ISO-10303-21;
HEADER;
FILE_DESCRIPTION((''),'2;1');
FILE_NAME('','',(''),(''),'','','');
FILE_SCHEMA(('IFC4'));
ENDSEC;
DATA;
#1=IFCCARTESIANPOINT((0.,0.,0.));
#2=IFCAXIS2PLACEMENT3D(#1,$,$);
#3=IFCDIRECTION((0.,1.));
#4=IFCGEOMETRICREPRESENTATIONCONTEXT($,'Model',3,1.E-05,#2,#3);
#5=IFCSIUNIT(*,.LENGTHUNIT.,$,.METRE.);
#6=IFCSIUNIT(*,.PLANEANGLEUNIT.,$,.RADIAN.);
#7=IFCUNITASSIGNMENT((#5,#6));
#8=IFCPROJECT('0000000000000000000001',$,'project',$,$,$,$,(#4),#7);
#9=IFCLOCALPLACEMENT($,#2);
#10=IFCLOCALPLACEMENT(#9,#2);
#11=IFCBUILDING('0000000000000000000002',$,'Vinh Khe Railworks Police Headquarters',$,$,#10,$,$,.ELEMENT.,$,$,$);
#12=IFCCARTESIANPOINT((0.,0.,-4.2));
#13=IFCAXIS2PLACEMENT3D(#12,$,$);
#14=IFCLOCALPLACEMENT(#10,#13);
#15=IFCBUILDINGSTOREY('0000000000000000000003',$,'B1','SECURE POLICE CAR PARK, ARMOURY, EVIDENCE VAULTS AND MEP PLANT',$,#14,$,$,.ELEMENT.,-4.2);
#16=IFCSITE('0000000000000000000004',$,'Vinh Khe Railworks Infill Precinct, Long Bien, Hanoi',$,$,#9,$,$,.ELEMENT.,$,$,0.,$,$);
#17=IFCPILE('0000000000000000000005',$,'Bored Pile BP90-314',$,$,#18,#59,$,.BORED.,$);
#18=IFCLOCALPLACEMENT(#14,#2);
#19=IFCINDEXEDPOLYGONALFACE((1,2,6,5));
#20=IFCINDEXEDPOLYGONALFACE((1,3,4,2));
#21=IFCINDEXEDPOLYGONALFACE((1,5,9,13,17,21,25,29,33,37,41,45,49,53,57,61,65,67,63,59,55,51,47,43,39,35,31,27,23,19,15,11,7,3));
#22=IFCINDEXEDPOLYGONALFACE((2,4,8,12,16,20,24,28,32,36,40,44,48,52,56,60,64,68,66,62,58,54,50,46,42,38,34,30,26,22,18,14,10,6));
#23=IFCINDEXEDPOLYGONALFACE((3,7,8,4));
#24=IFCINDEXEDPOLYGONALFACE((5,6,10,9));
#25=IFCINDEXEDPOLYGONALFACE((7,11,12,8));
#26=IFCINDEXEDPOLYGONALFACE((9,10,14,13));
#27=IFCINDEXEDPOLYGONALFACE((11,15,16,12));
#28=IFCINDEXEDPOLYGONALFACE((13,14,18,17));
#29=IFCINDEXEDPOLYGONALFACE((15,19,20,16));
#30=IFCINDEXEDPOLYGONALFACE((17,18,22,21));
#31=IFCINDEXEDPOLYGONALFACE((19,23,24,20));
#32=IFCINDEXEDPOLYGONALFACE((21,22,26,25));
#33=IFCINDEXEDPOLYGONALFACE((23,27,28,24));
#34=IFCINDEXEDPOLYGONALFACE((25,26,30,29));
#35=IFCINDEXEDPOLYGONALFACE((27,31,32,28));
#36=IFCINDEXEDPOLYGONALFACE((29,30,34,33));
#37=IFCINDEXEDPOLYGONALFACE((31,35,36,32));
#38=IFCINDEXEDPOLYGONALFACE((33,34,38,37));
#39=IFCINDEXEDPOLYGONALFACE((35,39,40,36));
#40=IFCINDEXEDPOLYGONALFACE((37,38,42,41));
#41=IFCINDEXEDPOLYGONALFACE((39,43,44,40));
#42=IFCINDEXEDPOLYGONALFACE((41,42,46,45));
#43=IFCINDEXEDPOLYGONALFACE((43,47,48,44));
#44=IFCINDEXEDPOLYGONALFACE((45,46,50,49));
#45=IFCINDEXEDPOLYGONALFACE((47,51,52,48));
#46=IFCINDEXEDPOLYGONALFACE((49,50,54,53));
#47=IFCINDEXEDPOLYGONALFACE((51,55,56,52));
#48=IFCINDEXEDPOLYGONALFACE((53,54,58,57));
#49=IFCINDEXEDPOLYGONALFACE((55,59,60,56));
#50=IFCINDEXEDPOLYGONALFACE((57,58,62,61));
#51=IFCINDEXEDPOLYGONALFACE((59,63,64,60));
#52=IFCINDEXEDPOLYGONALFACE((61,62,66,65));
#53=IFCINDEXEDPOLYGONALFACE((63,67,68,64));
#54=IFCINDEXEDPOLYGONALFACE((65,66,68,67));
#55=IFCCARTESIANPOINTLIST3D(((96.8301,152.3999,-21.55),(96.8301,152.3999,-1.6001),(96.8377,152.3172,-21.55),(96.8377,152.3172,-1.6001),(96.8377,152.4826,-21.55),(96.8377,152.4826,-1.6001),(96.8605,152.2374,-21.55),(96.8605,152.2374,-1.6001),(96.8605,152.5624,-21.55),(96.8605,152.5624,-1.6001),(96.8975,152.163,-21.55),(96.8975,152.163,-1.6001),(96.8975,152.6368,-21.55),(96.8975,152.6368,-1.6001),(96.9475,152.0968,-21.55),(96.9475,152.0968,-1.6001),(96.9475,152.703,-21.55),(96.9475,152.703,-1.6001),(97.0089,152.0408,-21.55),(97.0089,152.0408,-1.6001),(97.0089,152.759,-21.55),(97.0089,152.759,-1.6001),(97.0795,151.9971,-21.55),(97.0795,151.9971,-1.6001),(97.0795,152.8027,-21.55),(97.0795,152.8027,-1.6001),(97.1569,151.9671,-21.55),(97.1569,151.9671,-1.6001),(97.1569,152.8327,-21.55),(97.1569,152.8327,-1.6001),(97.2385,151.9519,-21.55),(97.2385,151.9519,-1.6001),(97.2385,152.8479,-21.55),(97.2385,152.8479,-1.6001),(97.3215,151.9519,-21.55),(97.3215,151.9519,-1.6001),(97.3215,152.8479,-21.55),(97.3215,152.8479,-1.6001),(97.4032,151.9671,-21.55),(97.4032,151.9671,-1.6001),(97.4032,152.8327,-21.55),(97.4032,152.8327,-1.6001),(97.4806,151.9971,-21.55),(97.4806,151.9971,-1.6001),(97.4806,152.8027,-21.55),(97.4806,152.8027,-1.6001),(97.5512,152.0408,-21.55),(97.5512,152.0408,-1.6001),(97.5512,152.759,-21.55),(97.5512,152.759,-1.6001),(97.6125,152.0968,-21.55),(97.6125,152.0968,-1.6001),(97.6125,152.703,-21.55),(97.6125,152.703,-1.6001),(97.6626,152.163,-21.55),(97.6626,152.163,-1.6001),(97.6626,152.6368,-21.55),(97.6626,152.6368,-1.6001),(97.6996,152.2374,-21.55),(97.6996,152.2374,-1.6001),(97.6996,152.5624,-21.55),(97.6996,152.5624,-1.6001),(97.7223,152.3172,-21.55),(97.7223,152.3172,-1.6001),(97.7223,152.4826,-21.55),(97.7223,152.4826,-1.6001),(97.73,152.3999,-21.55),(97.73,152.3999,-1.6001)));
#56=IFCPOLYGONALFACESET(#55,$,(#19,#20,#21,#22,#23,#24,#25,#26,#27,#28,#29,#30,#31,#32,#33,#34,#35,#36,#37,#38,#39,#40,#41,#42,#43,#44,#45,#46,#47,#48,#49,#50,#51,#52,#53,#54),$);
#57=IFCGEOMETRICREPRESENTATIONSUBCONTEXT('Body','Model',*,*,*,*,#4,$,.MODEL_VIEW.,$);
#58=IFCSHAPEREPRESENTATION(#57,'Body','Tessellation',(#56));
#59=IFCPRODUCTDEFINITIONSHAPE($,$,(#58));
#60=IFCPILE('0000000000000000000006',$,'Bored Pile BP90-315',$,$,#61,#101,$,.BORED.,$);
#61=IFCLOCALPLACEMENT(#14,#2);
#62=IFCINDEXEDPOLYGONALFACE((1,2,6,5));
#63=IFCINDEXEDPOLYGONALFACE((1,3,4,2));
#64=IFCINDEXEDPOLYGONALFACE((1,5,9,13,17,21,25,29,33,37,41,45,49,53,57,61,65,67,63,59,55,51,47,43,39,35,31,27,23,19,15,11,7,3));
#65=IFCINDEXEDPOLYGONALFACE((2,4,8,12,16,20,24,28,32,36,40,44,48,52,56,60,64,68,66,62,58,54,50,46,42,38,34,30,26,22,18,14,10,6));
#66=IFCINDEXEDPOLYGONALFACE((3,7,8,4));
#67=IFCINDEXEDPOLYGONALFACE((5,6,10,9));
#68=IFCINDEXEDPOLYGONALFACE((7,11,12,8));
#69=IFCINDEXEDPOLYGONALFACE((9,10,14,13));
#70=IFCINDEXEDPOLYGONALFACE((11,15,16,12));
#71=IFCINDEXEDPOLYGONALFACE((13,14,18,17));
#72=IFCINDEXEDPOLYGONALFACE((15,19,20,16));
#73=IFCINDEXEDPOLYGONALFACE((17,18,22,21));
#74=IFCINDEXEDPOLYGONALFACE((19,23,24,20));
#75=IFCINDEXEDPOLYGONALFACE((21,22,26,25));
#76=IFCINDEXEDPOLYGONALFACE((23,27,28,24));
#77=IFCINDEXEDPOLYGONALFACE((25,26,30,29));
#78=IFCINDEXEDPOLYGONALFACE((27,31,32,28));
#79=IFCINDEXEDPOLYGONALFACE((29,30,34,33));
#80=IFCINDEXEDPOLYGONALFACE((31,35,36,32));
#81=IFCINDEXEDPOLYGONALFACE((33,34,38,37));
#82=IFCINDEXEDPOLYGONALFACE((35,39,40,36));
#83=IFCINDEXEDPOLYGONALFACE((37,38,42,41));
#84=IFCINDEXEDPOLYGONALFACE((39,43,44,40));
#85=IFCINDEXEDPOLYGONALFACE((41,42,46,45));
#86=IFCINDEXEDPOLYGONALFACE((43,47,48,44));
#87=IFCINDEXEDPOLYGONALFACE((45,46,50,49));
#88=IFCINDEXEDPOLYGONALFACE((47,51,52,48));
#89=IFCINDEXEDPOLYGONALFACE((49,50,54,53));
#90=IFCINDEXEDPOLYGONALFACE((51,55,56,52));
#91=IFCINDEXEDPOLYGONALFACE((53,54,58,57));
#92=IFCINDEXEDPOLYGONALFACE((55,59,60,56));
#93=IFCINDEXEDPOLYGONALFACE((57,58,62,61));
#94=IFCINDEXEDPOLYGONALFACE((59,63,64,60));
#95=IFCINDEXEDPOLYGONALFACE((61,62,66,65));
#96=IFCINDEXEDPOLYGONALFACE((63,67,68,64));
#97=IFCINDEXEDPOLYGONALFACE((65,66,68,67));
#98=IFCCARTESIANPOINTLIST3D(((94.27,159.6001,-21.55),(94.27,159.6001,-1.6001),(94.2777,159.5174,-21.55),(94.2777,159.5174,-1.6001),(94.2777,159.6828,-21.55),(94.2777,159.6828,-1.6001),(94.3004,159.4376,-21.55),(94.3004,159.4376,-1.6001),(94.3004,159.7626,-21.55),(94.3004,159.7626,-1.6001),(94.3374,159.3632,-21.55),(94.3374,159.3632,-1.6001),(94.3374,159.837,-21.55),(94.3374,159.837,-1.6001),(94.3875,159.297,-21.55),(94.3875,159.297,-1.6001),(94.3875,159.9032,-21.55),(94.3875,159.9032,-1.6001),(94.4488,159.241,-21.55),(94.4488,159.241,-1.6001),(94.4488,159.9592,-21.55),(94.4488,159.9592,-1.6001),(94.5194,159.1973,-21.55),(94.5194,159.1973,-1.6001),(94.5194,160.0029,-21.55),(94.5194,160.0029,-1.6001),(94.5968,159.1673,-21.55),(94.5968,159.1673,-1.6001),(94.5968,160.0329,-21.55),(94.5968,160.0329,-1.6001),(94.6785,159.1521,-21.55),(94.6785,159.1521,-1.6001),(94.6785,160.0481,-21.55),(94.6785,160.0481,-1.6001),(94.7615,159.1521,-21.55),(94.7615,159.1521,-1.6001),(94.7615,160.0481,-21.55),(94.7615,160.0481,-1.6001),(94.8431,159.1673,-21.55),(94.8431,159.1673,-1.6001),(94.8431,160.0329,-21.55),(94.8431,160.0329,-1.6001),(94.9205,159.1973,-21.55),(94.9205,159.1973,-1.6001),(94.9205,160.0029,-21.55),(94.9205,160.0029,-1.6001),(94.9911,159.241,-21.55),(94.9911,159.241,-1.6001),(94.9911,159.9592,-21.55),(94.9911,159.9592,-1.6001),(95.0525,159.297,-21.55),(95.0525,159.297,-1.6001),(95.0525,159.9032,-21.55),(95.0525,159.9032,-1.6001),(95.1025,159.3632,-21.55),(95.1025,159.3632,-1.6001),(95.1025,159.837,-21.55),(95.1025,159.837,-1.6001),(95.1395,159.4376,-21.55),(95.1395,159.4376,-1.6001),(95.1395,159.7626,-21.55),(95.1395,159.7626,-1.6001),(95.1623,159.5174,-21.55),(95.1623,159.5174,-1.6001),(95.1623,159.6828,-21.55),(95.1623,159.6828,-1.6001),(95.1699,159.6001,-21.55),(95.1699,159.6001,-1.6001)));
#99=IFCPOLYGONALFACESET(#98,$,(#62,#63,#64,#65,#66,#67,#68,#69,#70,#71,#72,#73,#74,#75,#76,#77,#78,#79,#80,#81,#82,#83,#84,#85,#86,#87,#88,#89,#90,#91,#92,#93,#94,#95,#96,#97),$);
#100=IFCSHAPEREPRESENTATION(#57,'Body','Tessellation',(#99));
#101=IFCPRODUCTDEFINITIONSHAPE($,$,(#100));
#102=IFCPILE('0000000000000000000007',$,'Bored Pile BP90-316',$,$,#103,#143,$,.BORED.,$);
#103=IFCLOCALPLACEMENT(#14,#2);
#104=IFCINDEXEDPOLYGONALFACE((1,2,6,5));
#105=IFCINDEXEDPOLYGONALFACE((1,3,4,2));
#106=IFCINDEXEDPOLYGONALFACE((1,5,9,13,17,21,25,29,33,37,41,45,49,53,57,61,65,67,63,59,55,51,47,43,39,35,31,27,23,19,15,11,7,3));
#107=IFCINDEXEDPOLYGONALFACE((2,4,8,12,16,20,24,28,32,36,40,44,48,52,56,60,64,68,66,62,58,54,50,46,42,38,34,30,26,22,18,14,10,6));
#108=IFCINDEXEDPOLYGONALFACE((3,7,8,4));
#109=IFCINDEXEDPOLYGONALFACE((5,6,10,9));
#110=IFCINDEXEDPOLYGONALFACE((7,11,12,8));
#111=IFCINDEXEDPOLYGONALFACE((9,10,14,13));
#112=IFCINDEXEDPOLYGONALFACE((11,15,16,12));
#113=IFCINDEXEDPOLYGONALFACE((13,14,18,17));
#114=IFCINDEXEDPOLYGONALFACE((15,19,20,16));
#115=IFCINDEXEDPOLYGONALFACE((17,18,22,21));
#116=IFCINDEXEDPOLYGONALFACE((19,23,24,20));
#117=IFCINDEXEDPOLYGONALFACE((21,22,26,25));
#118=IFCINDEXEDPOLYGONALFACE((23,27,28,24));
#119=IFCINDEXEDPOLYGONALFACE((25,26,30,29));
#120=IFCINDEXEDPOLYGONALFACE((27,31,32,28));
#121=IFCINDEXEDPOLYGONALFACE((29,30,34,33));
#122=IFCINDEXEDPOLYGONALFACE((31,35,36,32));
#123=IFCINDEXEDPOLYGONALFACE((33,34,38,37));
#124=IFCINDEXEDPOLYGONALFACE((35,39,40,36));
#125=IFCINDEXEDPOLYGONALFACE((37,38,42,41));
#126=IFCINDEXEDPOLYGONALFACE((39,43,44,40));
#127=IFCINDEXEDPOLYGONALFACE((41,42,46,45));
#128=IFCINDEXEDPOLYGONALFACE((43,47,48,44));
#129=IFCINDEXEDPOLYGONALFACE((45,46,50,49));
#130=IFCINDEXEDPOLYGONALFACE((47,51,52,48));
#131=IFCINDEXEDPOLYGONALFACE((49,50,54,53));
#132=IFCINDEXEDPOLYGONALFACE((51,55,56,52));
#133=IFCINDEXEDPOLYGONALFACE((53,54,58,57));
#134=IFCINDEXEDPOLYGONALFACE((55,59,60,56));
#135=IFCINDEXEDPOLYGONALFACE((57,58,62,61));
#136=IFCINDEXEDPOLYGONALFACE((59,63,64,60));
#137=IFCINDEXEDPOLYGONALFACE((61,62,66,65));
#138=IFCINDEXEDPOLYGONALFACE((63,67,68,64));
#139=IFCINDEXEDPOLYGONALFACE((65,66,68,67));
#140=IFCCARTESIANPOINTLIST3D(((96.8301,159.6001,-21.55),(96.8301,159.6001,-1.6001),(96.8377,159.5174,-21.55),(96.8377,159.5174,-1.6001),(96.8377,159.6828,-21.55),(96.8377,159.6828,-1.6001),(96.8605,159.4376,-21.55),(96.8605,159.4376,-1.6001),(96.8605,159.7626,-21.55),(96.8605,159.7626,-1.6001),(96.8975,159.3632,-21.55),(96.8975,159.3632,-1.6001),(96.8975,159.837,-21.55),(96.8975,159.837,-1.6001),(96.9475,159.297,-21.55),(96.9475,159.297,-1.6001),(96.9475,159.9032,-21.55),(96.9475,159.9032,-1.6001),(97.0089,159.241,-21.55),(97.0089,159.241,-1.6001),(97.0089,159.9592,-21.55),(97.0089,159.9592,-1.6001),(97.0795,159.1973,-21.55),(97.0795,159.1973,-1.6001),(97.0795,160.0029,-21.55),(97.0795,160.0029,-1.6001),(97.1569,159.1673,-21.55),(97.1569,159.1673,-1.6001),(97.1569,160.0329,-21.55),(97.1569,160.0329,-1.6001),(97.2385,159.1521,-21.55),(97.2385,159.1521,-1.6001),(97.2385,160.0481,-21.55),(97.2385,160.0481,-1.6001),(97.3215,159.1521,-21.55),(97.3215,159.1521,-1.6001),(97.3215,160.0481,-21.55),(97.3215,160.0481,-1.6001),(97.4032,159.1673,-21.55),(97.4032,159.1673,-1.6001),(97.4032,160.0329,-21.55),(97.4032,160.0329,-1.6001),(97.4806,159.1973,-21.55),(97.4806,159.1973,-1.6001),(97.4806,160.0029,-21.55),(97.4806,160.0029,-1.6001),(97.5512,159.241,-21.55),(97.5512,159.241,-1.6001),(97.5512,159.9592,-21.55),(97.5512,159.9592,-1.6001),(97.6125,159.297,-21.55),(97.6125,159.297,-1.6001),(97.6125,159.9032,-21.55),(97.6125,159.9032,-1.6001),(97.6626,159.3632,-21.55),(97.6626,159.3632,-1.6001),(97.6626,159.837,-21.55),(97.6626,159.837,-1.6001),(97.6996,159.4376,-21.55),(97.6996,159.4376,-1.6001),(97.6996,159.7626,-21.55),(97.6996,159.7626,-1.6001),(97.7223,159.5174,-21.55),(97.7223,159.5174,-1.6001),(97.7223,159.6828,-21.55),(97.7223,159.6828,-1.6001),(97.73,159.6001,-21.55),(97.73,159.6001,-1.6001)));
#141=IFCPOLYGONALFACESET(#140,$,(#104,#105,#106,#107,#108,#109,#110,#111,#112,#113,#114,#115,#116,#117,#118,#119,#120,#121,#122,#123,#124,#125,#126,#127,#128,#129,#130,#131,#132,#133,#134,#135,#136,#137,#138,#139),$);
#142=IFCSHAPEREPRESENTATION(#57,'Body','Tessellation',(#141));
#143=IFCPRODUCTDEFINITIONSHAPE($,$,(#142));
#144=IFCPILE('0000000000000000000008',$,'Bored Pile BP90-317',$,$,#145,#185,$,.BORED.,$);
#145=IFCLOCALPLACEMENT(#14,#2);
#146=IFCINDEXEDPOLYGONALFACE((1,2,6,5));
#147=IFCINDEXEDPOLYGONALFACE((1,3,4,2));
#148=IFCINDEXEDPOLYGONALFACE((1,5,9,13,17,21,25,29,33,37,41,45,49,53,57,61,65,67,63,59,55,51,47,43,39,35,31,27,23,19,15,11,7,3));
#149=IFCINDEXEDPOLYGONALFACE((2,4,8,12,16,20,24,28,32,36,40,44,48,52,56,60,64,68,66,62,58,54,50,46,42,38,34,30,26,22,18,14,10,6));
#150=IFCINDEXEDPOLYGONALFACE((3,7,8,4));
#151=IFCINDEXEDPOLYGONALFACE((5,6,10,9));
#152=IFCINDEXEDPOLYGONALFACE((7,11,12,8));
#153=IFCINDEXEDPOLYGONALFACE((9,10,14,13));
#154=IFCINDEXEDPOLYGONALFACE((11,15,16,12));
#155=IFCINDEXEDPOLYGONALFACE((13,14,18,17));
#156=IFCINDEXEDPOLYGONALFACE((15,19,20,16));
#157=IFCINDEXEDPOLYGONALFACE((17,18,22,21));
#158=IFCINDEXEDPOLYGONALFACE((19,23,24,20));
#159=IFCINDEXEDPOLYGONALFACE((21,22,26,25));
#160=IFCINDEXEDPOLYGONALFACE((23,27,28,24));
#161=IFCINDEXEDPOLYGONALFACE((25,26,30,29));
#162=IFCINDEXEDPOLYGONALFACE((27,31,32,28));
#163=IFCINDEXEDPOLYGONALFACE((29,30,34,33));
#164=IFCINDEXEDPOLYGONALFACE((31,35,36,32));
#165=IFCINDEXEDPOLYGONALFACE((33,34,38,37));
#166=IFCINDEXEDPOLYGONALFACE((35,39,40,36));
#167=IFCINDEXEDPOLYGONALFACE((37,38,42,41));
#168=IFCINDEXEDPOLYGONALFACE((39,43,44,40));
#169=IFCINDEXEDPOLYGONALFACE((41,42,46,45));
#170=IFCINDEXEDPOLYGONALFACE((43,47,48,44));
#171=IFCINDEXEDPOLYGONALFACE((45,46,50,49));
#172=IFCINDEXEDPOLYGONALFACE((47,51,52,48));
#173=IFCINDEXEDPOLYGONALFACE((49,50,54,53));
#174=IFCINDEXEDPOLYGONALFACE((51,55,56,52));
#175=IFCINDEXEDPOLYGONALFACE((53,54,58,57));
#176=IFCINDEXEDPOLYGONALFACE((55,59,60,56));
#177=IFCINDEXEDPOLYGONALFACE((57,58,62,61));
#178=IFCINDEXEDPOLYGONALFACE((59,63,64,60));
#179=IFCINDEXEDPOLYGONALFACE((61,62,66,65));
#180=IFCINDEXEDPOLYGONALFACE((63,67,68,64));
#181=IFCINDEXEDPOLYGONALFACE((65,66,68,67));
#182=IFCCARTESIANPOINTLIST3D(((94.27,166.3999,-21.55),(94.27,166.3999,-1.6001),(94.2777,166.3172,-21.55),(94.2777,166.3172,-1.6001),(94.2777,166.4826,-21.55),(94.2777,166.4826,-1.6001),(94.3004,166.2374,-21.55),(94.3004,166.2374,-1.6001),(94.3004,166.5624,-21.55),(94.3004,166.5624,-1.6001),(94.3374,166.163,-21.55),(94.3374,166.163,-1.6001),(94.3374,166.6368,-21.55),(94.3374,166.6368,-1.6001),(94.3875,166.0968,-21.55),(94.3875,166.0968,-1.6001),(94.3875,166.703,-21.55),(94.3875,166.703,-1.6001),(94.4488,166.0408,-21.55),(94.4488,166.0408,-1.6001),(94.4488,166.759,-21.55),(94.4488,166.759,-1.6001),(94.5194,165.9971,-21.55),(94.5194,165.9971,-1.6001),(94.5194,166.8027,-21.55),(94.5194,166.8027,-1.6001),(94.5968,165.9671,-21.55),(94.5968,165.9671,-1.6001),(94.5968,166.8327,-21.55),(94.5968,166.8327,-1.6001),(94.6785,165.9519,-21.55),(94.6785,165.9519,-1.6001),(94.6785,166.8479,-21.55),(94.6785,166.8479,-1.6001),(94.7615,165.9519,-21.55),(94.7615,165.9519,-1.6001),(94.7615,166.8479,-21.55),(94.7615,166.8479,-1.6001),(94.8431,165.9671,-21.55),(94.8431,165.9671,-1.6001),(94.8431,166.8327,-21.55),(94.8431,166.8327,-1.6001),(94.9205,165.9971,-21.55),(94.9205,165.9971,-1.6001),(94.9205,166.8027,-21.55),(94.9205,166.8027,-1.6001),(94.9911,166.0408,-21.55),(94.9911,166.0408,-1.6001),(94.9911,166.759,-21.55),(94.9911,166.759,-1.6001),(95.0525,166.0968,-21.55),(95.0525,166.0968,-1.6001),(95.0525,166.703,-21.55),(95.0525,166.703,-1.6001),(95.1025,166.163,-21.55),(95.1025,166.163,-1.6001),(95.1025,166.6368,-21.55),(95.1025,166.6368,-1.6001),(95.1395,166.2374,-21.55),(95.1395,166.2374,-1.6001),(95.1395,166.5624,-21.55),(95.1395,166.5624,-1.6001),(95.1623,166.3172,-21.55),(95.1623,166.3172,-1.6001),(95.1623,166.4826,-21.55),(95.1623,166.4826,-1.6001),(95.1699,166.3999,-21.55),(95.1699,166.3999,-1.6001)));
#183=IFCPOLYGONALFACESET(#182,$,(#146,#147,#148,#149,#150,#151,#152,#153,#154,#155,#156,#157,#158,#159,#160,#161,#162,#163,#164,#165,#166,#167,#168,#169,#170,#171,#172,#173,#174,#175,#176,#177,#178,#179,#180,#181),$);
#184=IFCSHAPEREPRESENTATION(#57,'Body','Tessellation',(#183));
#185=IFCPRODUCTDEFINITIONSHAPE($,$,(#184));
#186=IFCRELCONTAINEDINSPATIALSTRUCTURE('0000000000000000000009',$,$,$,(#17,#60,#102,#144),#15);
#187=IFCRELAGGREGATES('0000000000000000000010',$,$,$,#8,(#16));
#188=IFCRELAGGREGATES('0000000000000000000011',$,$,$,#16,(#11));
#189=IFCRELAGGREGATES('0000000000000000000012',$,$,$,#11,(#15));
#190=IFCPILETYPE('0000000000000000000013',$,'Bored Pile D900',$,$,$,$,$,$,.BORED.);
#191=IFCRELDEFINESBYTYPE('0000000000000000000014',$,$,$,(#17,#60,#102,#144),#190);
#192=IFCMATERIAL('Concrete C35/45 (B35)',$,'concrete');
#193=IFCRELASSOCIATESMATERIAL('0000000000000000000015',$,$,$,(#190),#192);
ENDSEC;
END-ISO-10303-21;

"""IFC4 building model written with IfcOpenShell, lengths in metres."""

from ifc_helpers import new_model, si_unit, direction, frame, origin, origin_2d, place, context, subcontext, project, spatial, circle, extrude, material, material_profile, profile_set, type_object, element, save


model = new_model("IFC4")

# Units and contexts
model_context = context("Model", 3, precision=1e-05, world=origin(), true_north=direction((0.0, 1.0)))
body_context = subcontext(model_context, "Body", "Model", "MODEL_VIEW")
ifc_project = project(units=[si_unit("LENGTHUNIT", "METRE"), si_unit("PLANEANGLEUNIT", "RADIAN")], contexts=[model_context])

# Site, building, storey
site_placement = place(None, origin())
site = spatial("IfcSite", under=ifc_project, at=site_placement, Name="Vinh Khe Railworks Infill Precinct, Long Bien, Hanoi", CompositionType="ELEMENT", RefElevation=0.0)
building_placement = place(site_placement, origin())
building = spatial("IfcBuilding", under=site, at=building_placement, Name="Vinh Khe Railworks Police Headquarters", CompositionType="ELEMENT")
storey_placement = place(building_placement, frame((0.0, 0.0, -4.2)))
storey = spatial("IfcBuildingStorey", under=building, at=storey_placement, Name="B1", Description="SECURE POLICE CAR PARK, ARMOURY, EVIDENCE VAULTS AND MEP PLANT", CompositionType="ELEMENT", Elevation=-4.2)

# Piles
ifc_material_1 = material(Name="Concrete C35/45 (B35)", Category="concrete")
ifc_material_profile_1 = material_profile(ifc_material_1, circle(Radius=0.45, at=origin_2d()), Name="BORED PILE D900")
ifc_profile_set_1 = profile_set([ifc_material_profile_1], Name="Concrete C35/45 (B35)")
pile_type = type_object("IfcPileType", Name="Bored Pile D900", PredefinedType="BORED", material=ifc_profile_set_1)
for number, where, z_axis, x_axis, name in (
    (1, (97.28, 152.3999, -1.6001), (0.0, 0.0, -1.0), (1.0, 0.0, 0.0), "Bored Pile BP90-314"),
    (2, (94.72, 159.6001, -1.6001), (0.0, 0.0, -1.0), (1.0, 0.0, 0.0), "Bored Pile BP90-315"),
    (3, (97.28, 159.6001, -1.6001), (0.0, 0.0, -1.0), (1.0, 0.0, 0.0), "Bored Pile BP90-316"),
    (4, (94.72, 166.3999, -1.6001), (0.0, 0.0, -1.0), (1.0, 0.0, 0.0), "Bored Pile BP90-317"),
):
    element("IfcPile", number, at=place(storey_placement, frame(where, z_axis=z_axis, x_axis=x_axis)), inside=storey, type_object=pile_type, Name=name, PredefinedType="BORED", context=body_context, shape_type="SweptSolid", body=[
        extrude(circle(Radius=0.45, at=origin_2d()), origin(), (0.0, 0.0, 1.0), 19.95),
    ])

save(model, "model.ifc")
